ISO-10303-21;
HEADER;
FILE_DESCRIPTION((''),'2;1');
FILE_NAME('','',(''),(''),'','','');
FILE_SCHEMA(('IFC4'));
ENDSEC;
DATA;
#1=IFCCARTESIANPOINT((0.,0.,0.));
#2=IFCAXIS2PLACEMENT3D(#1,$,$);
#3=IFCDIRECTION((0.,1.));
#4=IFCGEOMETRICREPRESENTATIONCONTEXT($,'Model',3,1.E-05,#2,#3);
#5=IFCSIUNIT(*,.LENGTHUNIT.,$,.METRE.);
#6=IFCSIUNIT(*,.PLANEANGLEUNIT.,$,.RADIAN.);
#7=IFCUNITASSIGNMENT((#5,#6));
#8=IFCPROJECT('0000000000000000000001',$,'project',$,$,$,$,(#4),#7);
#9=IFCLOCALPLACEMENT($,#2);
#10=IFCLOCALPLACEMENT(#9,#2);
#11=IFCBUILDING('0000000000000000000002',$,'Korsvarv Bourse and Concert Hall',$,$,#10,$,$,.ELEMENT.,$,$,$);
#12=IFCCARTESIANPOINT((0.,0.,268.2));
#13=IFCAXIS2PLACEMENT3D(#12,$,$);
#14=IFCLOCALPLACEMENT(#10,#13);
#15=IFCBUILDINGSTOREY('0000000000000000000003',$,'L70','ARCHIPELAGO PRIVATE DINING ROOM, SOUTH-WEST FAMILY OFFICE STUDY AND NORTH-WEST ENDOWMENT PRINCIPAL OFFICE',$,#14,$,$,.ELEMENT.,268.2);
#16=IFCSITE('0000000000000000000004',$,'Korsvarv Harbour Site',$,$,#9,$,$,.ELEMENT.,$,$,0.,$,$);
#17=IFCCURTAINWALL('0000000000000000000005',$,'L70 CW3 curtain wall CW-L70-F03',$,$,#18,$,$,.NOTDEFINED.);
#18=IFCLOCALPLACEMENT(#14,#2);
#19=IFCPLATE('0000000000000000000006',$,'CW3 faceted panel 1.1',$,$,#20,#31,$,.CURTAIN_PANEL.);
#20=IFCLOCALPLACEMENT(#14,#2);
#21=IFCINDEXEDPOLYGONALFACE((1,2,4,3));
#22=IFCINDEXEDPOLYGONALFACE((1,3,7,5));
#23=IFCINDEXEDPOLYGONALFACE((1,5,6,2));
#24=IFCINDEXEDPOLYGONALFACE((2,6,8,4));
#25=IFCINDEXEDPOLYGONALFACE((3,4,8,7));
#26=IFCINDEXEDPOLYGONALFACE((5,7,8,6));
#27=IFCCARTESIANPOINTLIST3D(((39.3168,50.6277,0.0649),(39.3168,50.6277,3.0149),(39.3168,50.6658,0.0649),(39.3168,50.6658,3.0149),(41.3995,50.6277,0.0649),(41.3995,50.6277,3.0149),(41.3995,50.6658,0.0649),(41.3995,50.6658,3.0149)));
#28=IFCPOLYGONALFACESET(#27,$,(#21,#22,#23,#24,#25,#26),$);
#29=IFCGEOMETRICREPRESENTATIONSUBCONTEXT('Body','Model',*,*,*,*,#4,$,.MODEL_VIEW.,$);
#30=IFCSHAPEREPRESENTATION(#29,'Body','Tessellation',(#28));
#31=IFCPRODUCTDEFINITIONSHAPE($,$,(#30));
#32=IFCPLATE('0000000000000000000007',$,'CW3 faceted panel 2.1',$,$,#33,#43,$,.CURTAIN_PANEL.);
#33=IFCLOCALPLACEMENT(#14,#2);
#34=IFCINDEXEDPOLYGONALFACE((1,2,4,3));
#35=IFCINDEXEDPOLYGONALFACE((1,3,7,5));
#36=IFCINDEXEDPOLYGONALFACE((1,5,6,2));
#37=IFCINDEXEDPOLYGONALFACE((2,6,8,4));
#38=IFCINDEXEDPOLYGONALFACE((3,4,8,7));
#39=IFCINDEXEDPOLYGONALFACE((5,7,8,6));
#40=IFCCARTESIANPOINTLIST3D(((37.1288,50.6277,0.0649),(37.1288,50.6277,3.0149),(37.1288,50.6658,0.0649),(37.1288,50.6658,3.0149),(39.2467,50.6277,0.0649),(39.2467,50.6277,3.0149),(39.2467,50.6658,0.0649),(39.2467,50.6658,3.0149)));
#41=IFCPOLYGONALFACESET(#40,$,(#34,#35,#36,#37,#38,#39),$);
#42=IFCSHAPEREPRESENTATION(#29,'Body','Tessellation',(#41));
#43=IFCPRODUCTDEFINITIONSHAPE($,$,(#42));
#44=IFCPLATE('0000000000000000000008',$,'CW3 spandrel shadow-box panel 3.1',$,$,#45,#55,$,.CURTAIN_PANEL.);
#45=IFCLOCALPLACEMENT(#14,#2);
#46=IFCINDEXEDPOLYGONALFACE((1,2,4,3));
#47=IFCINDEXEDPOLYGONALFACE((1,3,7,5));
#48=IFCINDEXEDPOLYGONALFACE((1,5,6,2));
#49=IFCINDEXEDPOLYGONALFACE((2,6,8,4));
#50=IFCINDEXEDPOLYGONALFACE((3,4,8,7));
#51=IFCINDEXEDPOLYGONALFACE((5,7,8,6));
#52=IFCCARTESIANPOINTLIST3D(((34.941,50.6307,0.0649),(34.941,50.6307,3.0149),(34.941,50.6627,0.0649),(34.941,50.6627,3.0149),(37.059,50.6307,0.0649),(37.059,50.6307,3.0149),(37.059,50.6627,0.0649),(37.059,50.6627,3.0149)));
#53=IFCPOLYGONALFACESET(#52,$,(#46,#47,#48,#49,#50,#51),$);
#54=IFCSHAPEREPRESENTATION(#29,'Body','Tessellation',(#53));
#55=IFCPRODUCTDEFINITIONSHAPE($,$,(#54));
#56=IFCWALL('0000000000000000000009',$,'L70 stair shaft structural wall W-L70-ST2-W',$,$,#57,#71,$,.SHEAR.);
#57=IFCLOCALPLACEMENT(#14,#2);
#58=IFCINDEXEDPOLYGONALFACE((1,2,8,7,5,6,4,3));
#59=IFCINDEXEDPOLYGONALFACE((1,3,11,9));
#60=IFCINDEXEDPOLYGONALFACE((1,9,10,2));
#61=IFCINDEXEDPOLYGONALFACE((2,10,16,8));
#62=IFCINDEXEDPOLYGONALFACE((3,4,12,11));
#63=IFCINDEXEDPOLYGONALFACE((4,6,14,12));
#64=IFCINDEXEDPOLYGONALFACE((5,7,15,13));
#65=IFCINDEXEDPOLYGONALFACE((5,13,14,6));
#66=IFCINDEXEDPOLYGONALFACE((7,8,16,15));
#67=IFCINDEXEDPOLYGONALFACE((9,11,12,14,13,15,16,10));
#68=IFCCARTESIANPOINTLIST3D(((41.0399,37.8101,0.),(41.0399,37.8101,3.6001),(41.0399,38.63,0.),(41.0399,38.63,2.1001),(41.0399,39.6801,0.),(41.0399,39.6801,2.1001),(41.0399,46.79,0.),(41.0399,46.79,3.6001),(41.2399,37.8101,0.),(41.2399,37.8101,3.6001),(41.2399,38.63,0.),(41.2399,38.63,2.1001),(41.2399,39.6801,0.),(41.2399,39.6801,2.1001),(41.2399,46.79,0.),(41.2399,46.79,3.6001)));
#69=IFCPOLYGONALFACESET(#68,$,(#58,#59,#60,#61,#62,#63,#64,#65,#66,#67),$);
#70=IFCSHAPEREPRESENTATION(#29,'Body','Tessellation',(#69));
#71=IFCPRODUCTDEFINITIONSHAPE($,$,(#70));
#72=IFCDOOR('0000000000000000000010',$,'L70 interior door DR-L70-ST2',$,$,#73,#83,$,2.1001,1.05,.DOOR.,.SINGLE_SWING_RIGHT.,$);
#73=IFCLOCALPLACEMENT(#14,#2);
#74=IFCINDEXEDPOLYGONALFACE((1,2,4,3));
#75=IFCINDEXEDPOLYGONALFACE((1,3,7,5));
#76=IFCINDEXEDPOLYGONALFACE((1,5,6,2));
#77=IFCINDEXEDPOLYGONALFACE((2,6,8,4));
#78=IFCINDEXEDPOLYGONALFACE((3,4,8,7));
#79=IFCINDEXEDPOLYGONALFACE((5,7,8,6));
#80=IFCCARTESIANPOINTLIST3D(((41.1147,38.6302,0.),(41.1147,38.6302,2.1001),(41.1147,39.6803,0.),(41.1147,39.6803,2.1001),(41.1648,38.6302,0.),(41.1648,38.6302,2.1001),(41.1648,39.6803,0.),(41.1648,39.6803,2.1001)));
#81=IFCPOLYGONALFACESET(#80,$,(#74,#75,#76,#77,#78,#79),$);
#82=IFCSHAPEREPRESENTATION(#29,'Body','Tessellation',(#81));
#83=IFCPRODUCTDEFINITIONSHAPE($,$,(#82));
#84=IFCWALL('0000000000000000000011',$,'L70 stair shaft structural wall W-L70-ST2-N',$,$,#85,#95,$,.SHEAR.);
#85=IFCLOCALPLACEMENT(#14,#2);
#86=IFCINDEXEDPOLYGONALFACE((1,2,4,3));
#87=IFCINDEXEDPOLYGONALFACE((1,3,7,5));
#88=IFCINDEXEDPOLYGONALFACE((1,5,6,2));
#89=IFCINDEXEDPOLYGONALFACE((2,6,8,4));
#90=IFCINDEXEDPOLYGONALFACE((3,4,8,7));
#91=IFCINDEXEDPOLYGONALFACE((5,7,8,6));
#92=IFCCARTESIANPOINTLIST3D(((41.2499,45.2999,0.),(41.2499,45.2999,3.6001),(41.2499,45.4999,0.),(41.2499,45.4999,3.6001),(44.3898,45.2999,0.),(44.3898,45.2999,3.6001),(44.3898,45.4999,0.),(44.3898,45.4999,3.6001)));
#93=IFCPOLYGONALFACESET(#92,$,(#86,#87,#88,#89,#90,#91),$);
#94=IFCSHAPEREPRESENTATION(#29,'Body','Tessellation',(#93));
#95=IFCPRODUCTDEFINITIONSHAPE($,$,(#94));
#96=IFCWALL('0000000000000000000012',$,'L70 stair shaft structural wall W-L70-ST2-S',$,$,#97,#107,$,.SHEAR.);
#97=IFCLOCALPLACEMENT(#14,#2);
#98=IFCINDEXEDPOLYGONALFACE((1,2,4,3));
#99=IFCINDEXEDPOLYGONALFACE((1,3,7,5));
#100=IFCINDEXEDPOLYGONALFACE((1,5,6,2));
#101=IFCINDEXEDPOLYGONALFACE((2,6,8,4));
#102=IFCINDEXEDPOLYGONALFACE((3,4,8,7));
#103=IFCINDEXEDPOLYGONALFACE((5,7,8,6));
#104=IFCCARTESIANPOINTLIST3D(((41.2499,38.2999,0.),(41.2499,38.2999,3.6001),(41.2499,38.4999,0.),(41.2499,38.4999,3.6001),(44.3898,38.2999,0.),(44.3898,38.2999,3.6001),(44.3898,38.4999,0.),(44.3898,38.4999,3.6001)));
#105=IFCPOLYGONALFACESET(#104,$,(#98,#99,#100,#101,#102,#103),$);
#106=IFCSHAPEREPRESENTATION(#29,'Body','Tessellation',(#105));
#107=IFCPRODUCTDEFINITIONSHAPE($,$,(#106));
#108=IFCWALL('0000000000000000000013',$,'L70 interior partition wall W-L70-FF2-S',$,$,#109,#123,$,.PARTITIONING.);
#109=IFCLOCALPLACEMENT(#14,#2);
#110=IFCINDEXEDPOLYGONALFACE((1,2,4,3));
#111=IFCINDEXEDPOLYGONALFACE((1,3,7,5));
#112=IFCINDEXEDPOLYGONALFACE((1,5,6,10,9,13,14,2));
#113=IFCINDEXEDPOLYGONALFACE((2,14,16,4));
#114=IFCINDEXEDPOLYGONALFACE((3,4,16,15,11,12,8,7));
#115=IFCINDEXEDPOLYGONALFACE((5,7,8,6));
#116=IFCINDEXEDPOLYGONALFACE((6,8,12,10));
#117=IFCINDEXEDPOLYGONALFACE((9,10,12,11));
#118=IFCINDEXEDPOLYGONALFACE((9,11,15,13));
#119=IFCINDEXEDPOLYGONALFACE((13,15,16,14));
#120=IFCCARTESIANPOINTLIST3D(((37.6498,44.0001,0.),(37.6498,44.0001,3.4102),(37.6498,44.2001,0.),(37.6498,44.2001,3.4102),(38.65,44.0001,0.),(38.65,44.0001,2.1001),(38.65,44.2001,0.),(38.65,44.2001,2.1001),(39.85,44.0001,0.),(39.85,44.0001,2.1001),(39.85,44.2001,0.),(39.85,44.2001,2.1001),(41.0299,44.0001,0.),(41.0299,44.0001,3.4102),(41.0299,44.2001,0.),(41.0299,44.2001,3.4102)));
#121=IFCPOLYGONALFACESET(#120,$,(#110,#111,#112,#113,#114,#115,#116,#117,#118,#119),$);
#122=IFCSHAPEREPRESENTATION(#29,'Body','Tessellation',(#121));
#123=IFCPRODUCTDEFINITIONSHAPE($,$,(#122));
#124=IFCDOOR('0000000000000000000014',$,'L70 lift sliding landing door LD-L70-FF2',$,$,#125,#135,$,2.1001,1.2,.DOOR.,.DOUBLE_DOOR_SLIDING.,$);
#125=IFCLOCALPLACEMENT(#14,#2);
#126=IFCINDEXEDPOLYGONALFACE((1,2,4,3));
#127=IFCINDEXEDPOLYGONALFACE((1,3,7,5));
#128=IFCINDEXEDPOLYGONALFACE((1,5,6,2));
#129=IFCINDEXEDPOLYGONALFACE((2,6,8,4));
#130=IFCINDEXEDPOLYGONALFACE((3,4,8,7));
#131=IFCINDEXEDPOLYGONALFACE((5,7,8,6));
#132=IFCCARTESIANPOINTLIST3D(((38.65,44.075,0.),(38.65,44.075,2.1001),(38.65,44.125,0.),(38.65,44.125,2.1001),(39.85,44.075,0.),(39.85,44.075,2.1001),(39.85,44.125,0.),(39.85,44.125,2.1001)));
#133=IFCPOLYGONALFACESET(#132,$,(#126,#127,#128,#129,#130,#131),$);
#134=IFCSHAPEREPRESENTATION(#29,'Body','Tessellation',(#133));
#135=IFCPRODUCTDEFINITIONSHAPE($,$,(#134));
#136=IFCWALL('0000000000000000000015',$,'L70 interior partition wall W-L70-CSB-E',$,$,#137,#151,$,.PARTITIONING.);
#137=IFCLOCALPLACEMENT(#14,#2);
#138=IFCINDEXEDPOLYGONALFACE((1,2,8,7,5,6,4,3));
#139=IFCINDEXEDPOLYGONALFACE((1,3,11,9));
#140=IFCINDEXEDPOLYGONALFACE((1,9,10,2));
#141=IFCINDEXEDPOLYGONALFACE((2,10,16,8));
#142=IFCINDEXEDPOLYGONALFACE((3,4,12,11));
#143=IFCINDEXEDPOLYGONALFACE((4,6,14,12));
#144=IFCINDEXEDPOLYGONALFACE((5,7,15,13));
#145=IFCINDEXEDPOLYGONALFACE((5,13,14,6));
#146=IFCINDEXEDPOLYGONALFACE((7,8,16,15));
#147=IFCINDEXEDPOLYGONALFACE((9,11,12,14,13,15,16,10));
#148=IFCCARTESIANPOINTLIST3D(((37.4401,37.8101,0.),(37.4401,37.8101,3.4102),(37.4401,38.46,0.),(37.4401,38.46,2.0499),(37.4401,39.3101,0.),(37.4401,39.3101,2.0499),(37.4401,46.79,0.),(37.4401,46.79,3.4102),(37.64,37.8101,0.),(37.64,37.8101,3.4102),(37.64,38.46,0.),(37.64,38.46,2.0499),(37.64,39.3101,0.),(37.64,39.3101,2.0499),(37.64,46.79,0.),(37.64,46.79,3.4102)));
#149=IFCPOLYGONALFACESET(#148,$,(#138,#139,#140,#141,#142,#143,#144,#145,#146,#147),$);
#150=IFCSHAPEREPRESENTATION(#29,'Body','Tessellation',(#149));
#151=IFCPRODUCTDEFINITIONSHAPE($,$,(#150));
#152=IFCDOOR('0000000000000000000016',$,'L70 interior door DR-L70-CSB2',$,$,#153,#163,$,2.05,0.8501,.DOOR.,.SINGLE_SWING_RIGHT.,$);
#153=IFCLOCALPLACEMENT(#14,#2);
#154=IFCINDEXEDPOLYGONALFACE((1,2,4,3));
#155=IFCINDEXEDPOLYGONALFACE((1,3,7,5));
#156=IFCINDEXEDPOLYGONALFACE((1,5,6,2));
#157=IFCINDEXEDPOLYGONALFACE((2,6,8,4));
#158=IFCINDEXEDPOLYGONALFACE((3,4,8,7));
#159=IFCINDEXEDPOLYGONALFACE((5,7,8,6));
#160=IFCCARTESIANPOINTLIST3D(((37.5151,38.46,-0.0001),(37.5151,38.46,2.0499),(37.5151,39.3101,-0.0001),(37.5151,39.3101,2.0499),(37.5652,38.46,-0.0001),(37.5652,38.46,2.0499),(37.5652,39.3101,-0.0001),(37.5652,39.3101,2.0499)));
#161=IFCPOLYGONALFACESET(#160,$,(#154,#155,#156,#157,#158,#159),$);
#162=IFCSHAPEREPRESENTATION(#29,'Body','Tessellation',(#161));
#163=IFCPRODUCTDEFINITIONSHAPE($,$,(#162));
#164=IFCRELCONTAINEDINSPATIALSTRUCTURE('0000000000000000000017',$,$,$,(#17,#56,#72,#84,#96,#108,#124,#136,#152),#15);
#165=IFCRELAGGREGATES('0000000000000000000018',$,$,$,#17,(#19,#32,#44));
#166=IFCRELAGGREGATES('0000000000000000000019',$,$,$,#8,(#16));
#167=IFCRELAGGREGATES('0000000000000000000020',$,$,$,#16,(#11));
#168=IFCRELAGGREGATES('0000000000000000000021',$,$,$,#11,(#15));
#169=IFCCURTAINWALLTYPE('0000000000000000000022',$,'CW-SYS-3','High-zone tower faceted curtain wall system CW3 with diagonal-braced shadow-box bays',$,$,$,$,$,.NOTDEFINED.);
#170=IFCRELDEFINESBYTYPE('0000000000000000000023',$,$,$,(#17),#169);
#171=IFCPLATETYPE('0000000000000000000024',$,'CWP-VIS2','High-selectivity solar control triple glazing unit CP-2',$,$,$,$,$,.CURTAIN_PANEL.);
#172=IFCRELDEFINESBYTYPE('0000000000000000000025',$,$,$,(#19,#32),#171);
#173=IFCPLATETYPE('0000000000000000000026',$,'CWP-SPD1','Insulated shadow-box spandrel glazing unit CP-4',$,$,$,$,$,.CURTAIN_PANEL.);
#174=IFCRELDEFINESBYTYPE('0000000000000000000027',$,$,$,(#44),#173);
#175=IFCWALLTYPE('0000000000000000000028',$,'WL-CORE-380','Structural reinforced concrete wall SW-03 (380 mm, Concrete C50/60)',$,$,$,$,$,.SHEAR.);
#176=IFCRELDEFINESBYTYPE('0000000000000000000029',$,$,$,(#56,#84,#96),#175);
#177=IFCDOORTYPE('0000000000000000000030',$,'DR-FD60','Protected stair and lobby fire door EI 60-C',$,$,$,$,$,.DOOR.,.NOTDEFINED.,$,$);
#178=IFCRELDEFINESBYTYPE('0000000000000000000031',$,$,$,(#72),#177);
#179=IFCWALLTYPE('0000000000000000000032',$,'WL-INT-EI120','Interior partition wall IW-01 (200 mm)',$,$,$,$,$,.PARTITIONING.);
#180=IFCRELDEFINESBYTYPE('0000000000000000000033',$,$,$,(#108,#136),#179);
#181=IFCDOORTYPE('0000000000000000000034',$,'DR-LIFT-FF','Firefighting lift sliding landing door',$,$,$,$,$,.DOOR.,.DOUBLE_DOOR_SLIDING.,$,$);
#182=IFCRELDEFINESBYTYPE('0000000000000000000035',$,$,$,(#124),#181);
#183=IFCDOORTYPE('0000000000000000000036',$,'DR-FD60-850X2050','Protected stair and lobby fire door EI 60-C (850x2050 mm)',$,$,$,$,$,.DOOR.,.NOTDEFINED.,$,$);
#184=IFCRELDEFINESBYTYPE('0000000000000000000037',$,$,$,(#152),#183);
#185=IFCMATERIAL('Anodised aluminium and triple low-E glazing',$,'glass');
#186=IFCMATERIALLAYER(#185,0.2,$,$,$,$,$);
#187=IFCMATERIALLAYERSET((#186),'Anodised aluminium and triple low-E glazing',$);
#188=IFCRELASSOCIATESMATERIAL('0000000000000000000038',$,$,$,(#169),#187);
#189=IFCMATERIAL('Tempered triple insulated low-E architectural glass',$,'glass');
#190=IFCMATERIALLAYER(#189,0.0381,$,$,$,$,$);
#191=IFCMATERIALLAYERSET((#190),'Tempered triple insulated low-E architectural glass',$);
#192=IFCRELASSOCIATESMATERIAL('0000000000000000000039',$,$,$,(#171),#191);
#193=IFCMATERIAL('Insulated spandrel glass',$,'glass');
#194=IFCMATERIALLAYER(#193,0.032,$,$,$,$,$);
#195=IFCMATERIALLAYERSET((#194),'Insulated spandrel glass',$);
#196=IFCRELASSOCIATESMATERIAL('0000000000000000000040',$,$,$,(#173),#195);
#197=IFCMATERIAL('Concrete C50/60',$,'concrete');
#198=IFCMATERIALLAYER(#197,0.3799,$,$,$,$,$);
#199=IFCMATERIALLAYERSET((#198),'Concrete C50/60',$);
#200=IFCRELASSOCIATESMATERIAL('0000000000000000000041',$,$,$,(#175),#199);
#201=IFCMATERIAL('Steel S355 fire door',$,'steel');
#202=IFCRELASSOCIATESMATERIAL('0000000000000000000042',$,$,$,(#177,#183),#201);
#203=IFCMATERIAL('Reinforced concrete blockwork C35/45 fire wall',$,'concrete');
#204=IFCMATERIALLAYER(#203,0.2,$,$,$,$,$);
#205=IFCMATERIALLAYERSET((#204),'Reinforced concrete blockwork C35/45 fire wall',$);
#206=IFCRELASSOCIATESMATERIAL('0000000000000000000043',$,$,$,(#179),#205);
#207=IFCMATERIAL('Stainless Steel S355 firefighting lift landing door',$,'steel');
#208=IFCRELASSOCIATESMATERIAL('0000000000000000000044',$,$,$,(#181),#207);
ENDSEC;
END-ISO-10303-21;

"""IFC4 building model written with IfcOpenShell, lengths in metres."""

from ifc_helpers import new_model, si_unit, direction, frame, frame_2d, origin, origin_2d, place, context, subcontext, project, spatial, rectangle, extrude, source, transform, mapped, material, layer, layer_set, type_object, element, fill, aggregate, save


model = new_model("IFC4")

# Units and contexts
model_context = context("Model", 3, precision=1e-05, world=origin(), true_north=direction((0.0, 1.0)))
body_context = subcontext(model_context, "Body", "Model", "MODEL_VIEW")
ifc_project = project(units=[si_unit("LENGTHUNIT", "METRE"), si_unit("PLANEANGLEUNIT", "RADIAN")], contexts=[model_context])

# Site, building, storey
site_placement = place(None, origin())
site = spatial("IfcSite", under=ifc_project, at=site_placement, Name="Korsvarv Harbour Site", CompositionType="ELEMENT", RefElevation=0.0)
building_placement = place(site_placement, origin())
building = spatial("IfcBuilding", under=site, at=building_placement, Name="Korsvarv Bourse and Concert Hall", CompositionType="ELEMENT")
storey_placement = place(building_placement, frame((0.0, 0.0, 268.2)))
storey = spatial("IfcBuildingStorey", under=building, at=storey_placement, Name="L70", Description="ARCHIPELAGO PRIVATE DINING ROOM, SOUTH-WEST FAMILY OFFICE STUDY AND NORTH-WEST ENDOWMENT PRINCIPAL OFFICE", CompositionType="ELEMENT", Elevation=268.2)

# Shared definitions
ifc_material_1 = material(Name="Concrete C50/60", Category="concrete")

# Curtain wall, plates
ifc_material_2 = material(Name="Anodised aluminium and triple low-E glazing", Category="glass")
ifc_layer_1 = layer(ifc_material_2, 0.2)
ifc_layer_set_1 = layer_set([ifc_layer_1], Name="Anodised aluminium and triple low-E glazing")
curtain_wall_type = type_object("IfcCurtainWallType", Name="CW-SYS-3", Description="High-zone tower faceted curtain wall system CW3 with diagonal-braced shadow-box bays", PredefinedType="NOTDEFINED", material=ifc_layer_set_1)
curtain_wall_placement = place(storey_placement, origin())
curtain_wall = element("IfcCurtainWall", 1, at=curtain_wall_placement, inside=storey, type_object=curtain_wall_type, Name="L70 CW3 curtain wall CW-L70-F03", PredefinedType="NOTDEFINED")
ifc_material_3 = material(Name="Tempered triple insulated low-E architectural glass", Category="glass")
ifc_layer_2 = layer(ifc_material_3, 0.0381)
ifc_layer_set_2 = layer_set([ifc_layer_2], Name="Tempered triple insulated low-E architectural glass")
plate_type_1 = type_object("IfcPlateType", Name="CWP-VIS2", Description="High-selectivity solar control triple glazing unit CP-2", PredefinedType="CURTAIN_PANEL", material=ifc_layer_set_2)
shared_shape_1 = source(origin(), body_context, "Body", "SweptSolid", [
    extrude(rectangle(XDim=2.0828, YDim=0.0381, at=origin_2d()), origin(), (0.0, 0.0, 1.0), 2.95),
])
plate_1_placement = place(storey_placement, frame((40.3582, 50.6467, 0.0649), z_axis=(0.0, 0.0, 1.0), x_axis=(-1.0, 0.0, 0.0)))
plate_1 = element("IfcPlate", 2, at=plate_1_placement, type_object=plate_type_1, Name="CW3 faceted panel 1.1", PredefinedType="CURTAIN_PANEL", context=body_context, shape_type="MappedRepresentation", body=[
    mapped(shared_shape_1, transform((0.0, 0.0, 0.0), scale=1.0)),
])
shared_shape_2 = source(origin(), body_context, "Body", "SweptSolid", [
    extrude(rectangle(XDim=2.1179, YDim=0.0381, at=origin_2d()), origin(), (0.0, 0.0, 1.0), 2.95),
])
plate_2_placement = place(storey_placement, frame((38.1877, 50.6467, 0.0649), z_axis=(0.0, 0.0, 1.0), x_axis=(-1.0, 0.0, 0.0)))
plate_2 = element("IfcPlate", 3, at=plate_2_placement, type_object=plate_type_1, Name="CW3 faceted panel 2.1", PredefinedType="CURTAIN_PANEL", context=body_context, shape_type="MappedRepresentation", body=[
    mapped(shared_shape_2, transform((0.0, 0.0, 0.0), scale=1.0)),
])
ifc_material_4 = material(Name="Insulated spandrel glass", Category="glass")
ifc_layer_3 = layer(ifc_material_4, 0.032)
ifc_layer_set_3 = layer_set([ifc_layer_3], Name="Insulated spandrel glass")
plate_type_2 = type_object("IfcPlateType", Name="CWP-SPD1", Description="Insulated shadow-box spandrel glazing unit CP-4", PredefinedType="CURTAIN_PANEL", material=ifc_layer_set_3)
shared_shape_3 = source(origin(), body_context, "Body", "SweptSolid", [
    extrude(rectangle(XDim=2.1179, YDim=0.032, at=origin_2d()), origin(), (0.0, 0.0, 1.0), 2.95),
])
plate_3_placement = place(storey_placement, frame((36.0, 50.6467, 0.0649), z_axis=(0.0, 0.0, 1.0), x_axis=(-1.0, 0.0, 0.0)))
plate_3 = element("IfcPlate", 4, at=plate_3_placement, type_object=plate_type_2, Name="CW3 spandrel shadow-box panel 3.1", PredefinedType="CURTAIN_PANEL", context=body_context, shape_type="MappedRepresentation", body=[
    mapped(shared_shape_3, transform((0.0, 0.0, 0.0), scale=1.0)),
])
aggregate(curtain_wall, [plate_1, plate_2, plate_3])

# Wall, opening, door
ifc_layer_4 = layer(ifc_material_1, 0.3799)
ifc_layer_set_4 = layer_set([ifc_layer_4], Name="Concrete C50/60")
wall_type_1 = type_object("IfcWallType", Name="WL-CORE-380", Description="Structural reinforced concrete wall SW-03 (380 mm, Concrete C50/60)", PredefinedType="SHEAR", material=ifc_layer_set_4)
wall_1_placement = place(storey_placement, frame((41.1399, 37.8101, 0.0), z_axis=(0.0, 0.0, 1.0), x_axis=(0.0, 1.0, 0.0)))
wall_1 = element("IfcWall", 5, at=wall_1_placement, inside=storey, type_object=wall_type_1, Name="L70 stair shaft structural wall W-L70-ST2-W", PredefinedType="SHEAR", context=body_context, shape_type="SweptSolid", body=[
    extrude(rectangle(XDim=8.98, YDim=0.2, at=frame_2d((4.49, 0.0))), origin(), (0.0, 0.0, 1.0), 3.6001),
])
opening_1_placement = place(wall_1_placement, frame((0.8201, 0.0, 0.0)))
opening_1 = element("IfcOpeningElement", 6, at=opening_1_placement, cuts=wall_1, PredefinedType="OPENING", context=body_context, shape_type="SweptSolid", body=[
    extrude(rectangle(XDim=1.05, YDim=2.1001, at=frame_2d((0.5249, 1.05))), frame((0.0, 0.1099, 0.0), z_axis=(0.0, -1.0, 0.0), x_axis=(1.0, 0.0, 0.0)), (0.0, 0.0, 1.0), 0.22),
])
ifc_material_5 = material(Name="Steel S355 fire door", Category="steel")
door_type_1 = type_object("IfcDoorType", Name="DR-FD60", Description="Protected stair and lobby fire door EI 60-C", OperationType="NOTDEFINED", PredefinedType="DOOR", material=ifc_material_5)
door_1_placement = place(opening_1_placement, frame((1.05, 0.0, 0.0), z_axis=(0.0, 0.0, 1.0), x_axis=(-1.0, 0.0, 0.0)))
door_1 = element("IfcDoor", 7, at=door_1_placement, inside=storey, type_object=door_type_1, Name="L70 interior door DR-L70-ST2", OperationType="SINGLE_SWING_RIGHT", OverallHeight=2.1001, OverallWidth=1.05, PredefinedType="DOOR", context=body_context, shape_type="SweptSolid", body=[
    extrude(rectangle(XDim=1.05, YDim=2.1001, at=frame_2d((0.5249, 1.05))), frame((0.0, 0.0249, 0.0), z_axis=(0.0, -1.0, 0.0), x_axis=(1.0, 0.0, 0.0)), (0.0, 0.0, 1.0), 0.05),
])
fill(opening_1, door_1)

# Walls
for number, where, z_axis, x_axis, name in (
    (8, (41.25, 45.3999, 0.0), (0.0, 0.0, 1.0), (1.0, 0.0, 0.0), "L70 stair shaft structural wall W-L70-ST2-N"),
    (9, (41.25, 38.3999, 0.0), (0.0, 0.0, 1.0), (1.0, 0.0, 0.0), "L70 stair shaft structural wall W-L70-ST2-S"),
):
    element("IfcWall", number, at=place(storey_placement, frame(where, z_axis=z_axis, x_axis=x_axis)), inside=storey, type_object=wall_type_1, Name=name, PredefinedType="SHEAR", context=body_context, shape_type="SweptSolid", body=[
        extrude(rectangle(XDim=3.1399, YDim=0.2, at=frame_2d((1.5698, 0.0))), origin(), (0.0, 0.0, 1.0), 3.6001),
    ])

# Walls, openings, doors
ifc_material_6 = material(Name="Reinforced concrete blockwork C35/45 fire wall", Category="concrete")
ifc_layer_5 = layer(ifc_material_6, 0.2)
ifc_layer_set_5 = layer_set([ifc_layer_5], Name="Reinforced concrete blockwork C35/45 fire wall")
wall_type_2 = type_object("IfcWallType", Name="WL-INT-EI120", Description="Interior partition wall IW-01 (200 mm)", PredefinedType="PARTITIONING", material=ifc_layer_set_5)
wall_2_placement = place(storey_placement, frame((37.6499, 44.1001, 0.0), z_axis=(0.0, 0.0, 1.0), x_axis=(1.0, 0.0, 0.0)))
wall_2 = element("IfcWall", 10, at=wall_2_placement, inside=storey, type_object=wall_type_2, Name="L70 interior partition wall W-L70-FF2-S", PredefinedType="PARTITIONING", context=body_context, shape_type="SweptSolid", body=[
    extrude(rectangle(XDim=3.3801, YDim=0.2, at=frame_2d((1.6899, 0.0))), origin(), (0.0, 0.0, 1.0), 3.4102),
])
opening_2_placement = place(wall_2_placement, frame((1.0, 0.0, 0.0)))
opening_2 = element("IfcOpeningElement", 11, at=opening_2_placement, cuts=wall_2, PredefinedType="OPENING", context=body_context, shape_type="SweptSolid", body=[
    extrude(rectangle(XDim=1.2, YDim=2.1001, at=frame_2d((0.6001, 1.05))), frame((0.0, 0.1099, 0.0), z_axis=(0.0, -1.0, 0.0), x_axis=(1.0, 0.0, 0.0)), (0.0, 0.0, 1.0), 0.22),
])
ifc_material_7 = material(Name="Stainless Steel S355 firefighting lift landing door", Category="steel")
door_type_2 = type_object("IfcDoorType", Name="DR-LIFT-FF", Description="Firefighting lift sliding landing door", OperationType="DOUBLE_DOOR_SLIDING", PredefinedType="DOOR", material=ifc_material_7)
door_2_placement = place(opening_2_placement, origin())
door_2 = element("IfcDoor", 12, at=door_2_placement, inside=storey, type_object=door_type_2, Name="L70 lift sliding landing door LD-L70-FF2", OperationType="DOUBLE_DOOR_SLIDING", OverallHeight=2.1001, OverallWidth=1.2, PredefinedType="DOOR", context=body_context, shape_type="SweptSolid", body=[
    extrude(rectangle(XDim=1.2, YDim=2.1001, at=frame_2d((0.6001, 1.05))), frame((0.0, 0.0249, 0.0), z_axis=(0.0, -1.0, 0.0), x_axis=(1.0, 0.0, 0.0)), (0.0, 0.0, 1.0), 0.05),
])
fill(opening_2, door_2)
wall_3_placement = place(storey_placement, frame((37.54, 37.8101, 0.0), z_axis=(0.0, 0.0, 1.0), x_axis=(0.0, 1.0, 0.0)))
wall_3 = element("IfcWall", 13, at=wall_3_placement, inside=storey, type_object=wall_type_2, Name="L70 interior partition wall W-L70-CSB-E", PredefinedType="PARTITIONING", context=body_context, shape_type="SweptSolid", body=[
    extrude(rectangle(XDim=8.98, YDim=0.2, at=frame_2d((4.49, 0.0))), origin(), (0.0, 0.0, 1.0), 3.4102),
])
opening_3_placement = place(wall_3_placement, frame((0.6499, 0.0, 0.0)))
opening_3 = element("IfcOpeningElement", 14, at=opening_3_placement, cuts=wall_3, PredefinedType="OPENING", context=body_context, shape_type="SweptSolid", body=[
    extrude(rectangle(XDim=0.8501, YDim=2.05, at=frame_2d((0.425, 1.0249))), frame((0.0, 0.1099, 0.0), z_axis=(0.0, -1.0, 0.0), x_axis=(1.0, 0.0, 0.0)), (0.0, 0.0, 1.0), 0.22),
])
door_type_3 = type_object("IfcDoorType", Name="DR-FD60-850X2050", Description="Protected stair and lobby fire door EI 60-C (850x2050 mm)", OperationType="NOTDEFINED", PredefinedType="DOOR", material=ifc_material_5)
door_3_placement = place(opening_3_placement, origin())
door_3 = element("IfcDoor", 15, at=door_3_placement, inside=storey, type_object=door_type_3, Name="L70 interior door DR-L70-CSB2", OperationType="SINGLE_SWING_RIGHT", OverallHeight=2.05, OverallWidth=0.8501, PredefinedType="DOOR", context=body_context, shape_type="SweptSolid", body=[
    extrude(rectangle(XDim=0.8501, YDim=2.05, at=frame_2d((0.425, 1.0249))), frame((0.0, 0.0249, 0.0), z_axis=(0.0, -1.0, 0.0), x_axis=(1.0, 0.0, 0.0)), (0.0, 0.0, 1.0), 0.05),
])
fill(opening_3, door_3)

save(model, "model.ifc")
